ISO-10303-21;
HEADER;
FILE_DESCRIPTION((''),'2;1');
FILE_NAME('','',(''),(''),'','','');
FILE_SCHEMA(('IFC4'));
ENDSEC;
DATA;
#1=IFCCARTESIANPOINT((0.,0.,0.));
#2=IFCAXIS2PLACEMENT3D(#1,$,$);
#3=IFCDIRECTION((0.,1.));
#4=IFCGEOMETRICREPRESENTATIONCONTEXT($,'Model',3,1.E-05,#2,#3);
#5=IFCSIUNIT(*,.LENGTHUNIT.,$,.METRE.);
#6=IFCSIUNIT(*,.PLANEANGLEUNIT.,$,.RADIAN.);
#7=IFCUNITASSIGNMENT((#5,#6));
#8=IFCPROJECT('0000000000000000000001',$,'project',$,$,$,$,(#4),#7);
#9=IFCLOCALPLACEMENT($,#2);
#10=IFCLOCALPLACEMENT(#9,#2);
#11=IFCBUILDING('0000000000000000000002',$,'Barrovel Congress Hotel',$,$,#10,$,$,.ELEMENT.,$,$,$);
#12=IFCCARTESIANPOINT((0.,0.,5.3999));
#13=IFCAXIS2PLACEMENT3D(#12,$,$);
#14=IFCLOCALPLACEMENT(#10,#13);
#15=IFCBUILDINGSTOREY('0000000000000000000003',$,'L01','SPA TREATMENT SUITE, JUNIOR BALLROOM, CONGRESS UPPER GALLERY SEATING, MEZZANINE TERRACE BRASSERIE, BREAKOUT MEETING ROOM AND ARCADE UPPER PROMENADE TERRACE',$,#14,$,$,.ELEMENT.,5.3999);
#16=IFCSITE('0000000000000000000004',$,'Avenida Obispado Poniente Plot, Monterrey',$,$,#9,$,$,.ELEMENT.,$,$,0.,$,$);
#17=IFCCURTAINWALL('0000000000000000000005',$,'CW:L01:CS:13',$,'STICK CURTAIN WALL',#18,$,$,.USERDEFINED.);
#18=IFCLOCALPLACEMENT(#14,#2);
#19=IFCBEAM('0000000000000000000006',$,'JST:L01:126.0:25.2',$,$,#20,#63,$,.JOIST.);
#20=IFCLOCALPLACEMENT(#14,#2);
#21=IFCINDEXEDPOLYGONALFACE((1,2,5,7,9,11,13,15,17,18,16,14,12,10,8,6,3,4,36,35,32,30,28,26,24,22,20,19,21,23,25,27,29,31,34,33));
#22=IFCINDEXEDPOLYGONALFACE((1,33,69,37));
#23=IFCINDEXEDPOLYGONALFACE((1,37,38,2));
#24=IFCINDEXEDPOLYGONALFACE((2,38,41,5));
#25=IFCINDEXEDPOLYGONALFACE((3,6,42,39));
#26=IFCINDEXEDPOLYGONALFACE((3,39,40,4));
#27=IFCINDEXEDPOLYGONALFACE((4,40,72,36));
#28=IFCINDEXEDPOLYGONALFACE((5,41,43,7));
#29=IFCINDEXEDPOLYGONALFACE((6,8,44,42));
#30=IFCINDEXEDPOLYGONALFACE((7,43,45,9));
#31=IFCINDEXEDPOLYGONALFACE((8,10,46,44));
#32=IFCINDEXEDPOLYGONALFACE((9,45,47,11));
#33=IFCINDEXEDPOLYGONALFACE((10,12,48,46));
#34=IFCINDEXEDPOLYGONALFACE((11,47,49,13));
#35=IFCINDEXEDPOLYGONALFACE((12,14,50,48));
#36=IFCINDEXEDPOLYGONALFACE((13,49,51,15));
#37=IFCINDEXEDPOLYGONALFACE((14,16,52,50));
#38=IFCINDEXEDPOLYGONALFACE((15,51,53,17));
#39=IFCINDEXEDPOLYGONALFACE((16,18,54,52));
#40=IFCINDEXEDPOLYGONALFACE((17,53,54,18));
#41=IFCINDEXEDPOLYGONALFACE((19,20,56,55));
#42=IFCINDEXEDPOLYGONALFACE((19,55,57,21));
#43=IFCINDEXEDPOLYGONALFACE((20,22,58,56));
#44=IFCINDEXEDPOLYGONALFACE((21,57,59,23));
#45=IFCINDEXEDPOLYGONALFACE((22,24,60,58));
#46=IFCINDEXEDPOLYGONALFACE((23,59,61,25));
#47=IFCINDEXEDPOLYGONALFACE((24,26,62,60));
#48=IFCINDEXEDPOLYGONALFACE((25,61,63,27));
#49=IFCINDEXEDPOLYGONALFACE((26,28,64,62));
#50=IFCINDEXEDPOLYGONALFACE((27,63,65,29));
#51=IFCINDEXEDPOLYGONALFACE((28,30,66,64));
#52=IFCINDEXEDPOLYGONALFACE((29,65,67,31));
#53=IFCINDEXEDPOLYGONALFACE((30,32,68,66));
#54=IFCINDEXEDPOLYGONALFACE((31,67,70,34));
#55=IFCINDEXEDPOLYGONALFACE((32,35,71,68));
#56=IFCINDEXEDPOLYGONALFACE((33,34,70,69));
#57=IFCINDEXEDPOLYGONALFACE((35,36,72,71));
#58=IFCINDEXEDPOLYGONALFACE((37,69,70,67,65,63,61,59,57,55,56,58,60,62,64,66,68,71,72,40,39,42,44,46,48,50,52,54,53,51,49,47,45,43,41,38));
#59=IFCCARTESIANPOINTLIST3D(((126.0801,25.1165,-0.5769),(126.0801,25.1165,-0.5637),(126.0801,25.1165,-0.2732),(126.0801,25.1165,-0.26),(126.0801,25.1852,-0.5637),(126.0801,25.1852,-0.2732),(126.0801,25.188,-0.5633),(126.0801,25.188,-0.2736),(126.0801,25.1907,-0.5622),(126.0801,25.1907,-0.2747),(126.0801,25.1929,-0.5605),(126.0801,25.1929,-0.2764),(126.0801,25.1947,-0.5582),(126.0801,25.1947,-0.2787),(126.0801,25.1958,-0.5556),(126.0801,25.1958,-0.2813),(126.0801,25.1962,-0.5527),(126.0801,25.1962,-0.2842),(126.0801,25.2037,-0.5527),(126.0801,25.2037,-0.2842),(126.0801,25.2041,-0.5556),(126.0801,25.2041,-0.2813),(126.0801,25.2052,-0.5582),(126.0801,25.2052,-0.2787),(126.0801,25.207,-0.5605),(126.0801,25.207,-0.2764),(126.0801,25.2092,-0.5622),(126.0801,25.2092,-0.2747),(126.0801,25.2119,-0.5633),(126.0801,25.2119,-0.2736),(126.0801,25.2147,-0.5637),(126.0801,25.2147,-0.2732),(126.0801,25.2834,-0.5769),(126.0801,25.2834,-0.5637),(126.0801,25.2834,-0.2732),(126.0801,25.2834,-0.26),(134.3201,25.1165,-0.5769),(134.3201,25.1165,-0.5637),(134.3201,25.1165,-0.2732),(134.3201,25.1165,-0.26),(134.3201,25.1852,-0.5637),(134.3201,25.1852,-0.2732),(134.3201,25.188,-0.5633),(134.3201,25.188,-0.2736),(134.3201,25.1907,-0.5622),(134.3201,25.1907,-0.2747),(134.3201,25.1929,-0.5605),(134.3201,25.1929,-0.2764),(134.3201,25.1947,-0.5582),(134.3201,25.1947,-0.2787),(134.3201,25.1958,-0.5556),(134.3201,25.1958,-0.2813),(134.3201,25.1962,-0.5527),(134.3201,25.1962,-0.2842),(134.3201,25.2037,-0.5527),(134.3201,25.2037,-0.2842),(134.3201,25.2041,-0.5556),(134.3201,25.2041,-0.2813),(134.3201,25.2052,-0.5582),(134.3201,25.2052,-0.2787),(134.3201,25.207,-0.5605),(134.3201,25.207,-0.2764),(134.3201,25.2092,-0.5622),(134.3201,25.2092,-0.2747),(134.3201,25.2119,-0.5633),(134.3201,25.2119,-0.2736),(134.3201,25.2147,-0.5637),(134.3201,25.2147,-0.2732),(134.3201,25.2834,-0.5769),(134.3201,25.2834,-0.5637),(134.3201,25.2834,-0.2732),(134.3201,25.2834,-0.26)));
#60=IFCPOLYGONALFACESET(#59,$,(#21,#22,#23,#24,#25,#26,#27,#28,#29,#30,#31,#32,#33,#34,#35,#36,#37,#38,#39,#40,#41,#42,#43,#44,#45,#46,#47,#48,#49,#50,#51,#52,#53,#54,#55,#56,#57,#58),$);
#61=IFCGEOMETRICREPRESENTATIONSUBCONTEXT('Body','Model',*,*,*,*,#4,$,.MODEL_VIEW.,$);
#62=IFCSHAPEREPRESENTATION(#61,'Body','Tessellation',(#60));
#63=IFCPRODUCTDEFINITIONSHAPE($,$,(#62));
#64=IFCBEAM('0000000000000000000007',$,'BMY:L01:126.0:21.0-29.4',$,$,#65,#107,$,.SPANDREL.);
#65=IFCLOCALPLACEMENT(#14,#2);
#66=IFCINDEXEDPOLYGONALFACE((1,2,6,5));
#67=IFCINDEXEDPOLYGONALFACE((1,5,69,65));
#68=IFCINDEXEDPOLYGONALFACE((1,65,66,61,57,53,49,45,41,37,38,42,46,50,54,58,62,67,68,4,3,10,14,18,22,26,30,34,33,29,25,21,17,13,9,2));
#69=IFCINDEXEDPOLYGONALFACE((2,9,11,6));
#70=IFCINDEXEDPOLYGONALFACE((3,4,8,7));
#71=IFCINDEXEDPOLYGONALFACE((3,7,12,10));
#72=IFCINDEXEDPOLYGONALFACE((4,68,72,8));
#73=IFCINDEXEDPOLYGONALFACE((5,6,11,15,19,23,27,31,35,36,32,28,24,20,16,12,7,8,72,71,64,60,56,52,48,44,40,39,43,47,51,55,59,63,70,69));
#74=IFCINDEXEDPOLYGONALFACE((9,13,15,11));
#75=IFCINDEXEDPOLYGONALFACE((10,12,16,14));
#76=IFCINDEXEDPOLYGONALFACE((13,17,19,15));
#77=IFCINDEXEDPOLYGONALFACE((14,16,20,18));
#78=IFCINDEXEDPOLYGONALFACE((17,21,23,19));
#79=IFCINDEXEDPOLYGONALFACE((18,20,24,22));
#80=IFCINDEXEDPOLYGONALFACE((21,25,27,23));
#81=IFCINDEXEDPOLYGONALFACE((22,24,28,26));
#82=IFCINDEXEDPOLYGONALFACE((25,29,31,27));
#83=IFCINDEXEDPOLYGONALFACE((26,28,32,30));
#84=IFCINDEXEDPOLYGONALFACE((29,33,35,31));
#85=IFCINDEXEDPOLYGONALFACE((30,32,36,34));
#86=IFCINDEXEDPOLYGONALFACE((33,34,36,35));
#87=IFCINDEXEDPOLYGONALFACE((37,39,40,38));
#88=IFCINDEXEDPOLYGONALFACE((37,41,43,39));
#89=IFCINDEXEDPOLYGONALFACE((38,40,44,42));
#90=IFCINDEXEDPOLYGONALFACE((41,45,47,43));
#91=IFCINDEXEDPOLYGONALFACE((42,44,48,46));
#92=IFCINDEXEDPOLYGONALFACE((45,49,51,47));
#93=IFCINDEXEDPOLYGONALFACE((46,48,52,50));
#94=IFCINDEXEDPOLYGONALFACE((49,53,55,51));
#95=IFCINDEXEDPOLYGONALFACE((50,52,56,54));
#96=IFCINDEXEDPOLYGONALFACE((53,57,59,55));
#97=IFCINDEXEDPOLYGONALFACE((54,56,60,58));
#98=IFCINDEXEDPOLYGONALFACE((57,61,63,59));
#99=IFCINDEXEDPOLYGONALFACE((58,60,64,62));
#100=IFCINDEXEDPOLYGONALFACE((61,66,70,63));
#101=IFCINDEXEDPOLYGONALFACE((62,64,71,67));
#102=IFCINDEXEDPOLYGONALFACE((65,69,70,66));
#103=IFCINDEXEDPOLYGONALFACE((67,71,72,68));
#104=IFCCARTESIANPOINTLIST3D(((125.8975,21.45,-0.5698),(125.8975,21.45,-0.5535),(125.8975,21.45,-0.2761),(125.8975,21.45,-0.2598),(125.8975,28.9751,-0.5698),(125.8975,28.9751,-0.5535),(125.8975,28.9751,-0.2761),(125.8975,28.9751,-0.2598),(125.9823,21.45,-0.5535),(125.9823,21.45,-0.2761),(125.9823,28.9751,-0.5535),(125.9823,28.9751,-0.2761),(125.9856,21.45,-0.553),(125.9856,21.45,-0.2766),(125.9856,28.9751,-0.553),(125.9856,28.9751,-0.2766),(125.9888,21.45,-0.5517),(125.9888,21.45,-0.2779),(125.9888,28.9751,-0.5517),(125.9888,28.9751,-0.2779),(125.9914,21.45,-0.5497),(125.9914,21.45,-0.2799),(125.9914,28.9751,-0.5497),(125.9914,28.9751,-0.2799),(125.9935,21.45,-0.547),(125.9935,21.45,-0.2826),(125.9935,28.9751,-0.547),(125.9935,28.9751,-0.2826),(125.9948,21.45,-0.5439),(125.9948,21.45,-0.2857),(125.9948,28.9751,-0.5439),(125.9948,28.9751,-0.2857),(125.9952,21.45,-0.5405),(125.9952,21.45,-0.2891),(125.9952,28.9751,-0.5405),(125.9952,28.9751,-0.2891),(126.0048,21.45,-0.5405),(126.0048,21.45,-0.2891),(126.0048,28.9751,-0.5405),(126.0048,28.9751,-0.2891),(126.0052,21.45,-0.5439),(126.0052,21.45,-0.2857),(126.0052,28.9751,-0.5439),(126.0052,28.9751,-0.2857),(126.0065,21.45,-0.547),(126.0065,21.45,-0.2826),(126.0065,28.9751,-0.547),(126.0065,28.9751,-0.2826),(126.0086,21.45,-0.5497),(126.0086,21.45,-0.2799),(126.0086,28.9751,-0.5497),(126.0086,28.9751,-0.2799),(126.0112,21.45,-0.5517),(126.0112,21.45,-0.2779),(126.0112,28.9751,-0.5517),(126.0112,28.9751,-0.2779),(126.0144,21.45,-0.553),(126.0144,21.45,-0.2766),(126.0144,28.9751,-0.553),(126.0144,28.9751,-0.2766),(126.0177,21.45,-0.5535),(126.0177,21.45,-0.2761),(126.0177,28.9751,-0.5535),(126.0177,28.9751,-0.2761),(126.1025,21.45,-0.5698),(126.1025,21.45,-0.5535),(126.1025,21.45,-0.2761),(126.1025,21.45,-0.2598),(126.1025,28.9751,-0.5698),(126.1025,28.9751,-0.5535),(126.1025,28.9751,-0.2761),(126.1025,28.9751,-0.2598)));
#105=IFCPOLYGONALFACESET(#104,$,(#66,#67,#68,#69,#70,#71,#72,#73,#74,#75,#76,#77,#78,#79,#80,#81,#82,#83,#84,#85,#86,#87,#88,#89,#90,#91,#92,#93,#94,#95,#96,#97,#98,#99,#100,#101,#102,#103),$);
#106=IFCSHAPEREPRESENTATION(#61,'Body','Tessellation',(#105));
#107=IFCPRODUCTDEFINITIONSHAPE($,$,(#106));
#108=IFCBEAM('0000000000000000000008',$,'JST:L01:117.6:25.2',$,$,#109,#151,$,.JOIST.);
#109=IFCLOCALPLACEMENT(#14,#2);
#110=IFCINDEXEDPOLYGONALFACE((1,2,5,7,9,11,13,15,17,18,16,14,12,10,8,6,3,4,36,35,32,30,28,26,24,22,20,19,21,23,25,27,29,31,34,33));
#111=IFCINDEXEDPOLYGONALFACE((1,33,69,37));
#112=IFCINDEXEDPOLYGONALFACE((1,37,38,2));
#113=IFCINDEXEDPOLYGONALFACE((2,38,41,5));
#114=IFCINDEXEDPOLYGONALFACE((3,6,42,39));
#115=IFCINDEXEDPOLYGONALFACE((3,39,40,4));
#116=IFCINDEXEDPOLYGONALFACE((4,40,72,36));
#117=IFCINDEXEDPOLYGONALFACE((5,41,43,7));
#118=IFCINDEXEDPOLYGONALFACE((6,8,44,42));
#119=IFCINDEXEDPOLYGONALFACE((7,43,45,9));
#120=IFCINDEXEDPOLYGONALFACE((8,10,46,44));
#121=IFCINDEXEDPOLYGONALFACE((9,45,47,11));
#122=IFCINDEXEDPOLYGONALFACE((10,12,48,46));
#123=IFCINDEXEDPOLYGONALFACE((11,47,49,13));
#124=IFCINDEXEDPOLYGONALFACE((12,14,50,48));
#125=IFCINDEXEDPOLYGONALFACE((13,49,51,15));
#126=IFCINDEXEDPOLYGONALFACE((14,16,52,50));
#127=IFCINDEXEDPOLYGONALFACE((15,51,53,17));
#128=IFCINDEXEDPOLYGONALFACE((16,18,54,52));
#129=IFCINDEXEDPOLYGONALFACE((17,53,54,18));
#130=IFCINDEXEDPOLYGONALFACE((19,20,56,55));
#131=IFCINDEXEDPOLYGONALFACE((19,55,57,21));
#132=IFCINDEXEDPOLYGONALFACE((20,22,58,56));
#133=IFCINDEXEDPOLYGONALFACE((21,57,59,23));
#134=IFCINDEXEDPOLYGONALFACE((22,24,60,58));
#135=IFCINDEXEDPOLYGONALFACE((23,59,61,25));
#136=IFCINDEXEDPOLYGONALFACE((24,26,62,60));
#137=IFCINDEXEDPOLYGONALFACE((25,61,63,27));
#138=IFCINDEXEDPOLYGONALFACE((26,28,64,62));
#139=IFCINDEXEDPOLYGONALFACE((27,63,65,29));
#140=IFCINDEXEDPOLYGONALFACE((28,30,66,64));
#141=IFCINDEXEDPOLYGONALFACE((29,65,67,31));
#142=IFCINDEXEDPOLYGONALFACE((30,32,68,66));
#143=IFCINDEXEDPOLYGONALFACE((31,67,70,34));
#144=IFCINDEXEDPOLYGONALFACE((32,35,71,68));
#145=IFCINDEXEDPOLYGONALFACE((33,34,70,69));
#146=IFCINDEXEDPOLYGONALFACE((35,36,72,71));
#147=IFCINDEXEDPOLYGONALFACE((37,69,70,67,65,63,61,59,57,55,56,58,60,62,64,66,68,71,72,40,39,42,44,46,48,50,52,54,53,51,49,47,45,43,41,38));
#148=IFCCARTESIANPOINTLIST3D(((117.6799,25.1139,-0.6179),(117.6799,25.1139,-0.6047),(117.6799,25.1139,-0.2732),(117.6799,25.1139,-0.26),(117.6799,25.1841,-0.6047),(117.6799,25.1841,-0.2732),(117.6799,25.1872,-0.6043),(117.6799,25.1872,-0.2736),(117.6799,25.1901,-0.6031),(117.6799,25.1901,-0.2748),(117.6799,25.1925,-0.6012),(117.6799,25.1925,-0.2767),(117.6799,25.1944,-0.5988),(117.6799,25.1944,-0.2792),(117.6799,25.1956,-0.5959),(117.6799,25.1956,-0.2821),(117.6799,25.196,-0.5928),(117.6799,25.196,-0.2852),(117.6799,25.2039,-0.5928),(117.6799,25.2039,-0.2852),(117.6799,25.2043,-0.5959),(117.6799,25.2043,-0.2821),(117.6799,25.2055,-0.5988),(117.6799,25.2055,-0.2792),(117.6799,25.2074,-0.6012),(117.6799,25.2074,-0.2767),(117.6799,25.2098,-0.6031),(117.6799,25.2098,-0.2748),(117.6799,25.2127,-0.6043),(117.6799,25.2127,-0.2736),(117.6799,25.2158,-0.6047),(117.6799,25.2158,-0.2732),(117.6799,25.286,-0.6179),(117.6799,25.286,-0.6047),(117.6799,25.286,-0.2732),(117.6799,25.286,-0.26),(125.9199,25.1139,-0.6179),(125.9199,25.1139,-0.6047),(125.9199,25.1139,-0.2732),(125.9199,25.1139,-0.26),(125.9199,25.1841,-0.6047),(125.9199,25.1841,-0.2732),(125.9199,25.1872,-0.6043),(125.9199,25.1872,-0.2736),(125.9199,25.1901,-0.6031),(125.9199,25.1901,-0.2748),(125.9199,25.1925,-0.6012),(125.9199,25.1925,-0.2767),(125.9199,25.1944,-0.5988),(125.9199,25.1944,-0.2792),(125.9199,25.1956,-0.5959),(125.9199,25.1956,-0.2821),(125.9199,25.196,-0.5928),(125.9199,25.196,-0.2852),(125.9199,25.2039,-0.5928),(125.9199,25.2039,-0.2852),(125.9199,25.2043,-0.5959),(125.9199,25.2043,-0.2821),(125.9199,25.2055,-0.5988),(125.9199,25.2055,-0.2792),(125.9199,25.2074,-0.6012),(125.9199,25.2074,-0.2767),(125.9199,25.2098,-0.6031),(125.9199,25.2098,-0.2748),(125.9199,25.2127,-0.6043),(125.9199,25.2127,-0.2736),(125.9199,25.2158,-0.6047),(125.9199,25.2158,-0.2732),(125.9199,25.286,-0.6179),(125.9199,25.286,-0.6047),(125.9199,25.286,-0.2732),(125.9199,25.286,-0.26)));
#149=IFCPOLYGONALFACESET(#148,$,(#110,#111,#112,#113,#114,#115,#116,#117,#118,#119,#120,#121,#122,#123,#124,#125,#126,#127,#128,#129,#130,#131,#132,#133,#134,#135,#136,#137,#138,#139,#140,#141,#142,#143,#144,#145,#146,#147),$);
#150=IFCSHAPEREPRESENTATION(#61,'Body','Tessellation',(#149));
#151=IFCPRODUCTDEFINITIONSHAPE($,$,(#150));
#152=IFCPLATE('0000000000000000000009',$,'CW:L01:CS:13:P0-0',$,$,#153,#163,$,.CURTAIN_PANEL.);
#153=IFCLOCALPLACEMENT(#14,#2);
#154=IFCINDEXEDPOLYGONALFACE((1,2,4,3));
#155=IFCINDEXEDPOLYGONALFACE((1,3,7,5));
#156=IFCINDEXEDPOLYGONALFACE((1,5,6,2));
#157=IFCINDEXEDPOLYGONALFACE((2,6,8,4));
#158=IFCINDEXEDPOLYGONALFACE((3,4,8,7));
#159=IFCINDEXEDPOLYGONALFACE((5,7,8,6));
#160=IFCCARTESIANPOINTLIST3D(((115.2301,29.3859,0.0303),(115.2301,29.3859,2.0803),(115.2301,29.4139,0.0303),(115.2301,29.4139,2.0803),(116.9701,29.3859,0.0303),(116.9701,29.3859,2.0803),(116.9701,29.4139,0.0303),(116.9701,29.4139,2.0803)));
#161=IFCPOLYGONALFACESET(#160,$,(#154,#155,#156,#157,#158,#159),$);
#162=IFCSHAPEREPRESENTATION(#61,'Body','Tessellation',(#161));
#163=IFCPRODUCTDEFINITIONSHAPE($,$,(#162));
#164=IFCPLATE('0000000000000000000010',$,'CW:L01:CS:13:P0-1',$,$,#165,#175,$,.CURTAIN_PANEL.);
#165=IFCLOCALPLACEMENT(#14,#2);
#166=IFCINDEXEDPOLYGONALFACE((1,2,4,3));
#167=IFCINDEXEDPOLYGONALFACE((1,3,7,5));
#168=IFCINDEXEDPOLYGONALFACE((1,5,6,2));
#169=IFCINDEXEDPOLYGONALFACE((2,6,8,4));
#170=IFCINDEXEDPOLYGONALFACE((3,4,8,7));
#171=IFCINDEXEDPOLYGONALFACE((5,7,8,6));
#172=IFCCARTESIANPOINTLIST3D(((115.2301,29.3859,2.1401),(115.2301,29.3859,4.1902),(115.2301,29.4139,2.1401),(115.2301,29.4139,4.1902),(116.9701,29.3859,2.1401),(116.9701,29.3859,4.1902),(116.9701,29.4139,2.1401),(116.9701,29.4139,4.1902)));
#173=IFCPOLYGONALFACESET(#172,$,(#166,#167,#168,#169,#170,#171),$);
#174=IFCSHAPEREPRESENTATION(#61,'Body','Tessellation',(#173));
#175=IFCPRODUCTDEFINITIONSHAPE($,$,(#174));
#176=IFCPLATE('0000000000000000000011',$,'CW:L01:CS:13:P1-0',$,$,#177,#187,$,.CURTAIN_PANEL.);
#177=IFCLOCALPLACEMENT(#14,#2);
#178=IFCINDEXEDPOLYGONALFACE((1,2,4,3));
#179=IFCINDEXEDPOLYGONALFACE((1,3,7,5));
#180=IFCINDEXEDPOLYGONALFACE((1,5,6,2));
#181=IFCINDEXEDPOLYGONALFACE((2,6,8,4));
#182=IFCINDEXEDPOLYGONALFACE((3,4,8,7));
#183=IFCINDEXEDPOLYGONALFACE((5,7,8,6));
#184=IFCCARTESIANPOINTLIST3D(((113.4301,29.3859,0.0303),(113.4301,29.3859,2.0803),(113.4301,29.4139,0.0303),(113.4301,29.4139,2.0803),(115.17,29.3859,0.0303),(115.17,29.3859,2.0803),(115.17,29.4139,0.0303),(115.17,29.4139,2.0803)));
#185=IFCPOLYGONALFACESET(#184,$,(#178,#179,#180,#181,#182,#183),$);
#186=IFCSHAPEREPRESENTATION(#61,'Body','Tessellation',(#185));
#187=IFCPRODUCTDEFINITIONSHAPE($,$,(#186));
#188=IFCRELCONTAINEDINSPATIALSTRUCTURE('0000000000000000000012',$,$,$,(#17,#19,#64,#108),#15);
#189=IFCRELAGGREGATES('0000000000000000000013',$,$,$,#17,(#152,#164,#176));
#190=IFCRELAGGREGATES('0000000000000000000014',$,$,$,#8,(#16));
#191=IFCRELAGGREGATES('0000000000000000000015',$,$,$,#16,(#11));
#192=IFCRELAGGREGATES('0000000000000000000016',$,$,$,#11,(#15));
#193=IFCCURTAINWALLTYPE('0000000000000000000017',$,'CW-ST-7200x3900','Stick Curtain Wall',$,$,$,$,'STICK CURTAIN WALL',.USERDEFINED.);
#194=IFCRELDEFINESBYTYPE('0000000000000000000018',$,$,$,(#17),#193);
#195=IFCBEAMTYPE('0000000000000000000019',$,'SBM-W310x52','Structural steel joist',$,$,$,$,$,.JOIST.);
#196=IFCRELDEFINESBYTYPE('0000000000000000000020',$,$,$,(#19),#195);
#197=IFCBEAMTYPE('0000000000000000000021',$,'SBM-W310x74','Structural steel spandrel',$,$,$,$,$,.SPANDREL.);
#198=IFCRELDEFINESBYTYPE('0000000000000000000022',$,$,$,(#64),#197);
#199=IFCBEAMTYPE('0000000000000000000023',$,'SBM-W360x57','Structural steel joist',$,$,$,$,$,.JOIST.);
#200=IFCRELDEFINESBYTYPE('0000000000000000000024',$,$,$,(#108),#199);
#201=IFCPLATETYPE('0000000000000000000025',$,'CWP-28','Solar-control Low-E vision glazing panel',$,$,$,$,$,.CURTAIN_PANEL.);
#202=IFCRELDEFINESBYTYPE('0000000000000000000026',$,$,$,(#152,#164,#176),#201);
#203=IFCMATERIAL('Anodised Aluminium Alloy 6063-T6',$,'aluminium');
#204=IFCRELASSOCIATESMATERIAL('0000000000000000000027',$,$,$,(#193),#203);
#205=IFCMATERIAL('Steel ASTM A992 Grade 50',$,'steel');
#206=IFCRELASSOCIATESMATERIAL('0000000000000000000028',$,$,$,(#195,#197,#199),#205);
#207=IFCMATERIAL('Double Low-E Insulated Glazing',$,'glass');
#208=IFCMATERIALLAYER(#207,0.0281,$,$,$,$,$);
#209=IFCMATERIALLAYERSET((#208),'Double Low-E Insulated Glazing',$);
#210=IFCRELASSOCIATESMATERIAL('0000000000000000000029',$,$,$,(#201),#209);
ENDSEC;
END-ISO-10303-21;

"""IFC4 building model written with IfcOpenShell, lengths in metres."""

from ifc_helpers import new_model, si_unit, direction, frame, origin, origin_2d, place, context, subcontext, project, spatial, rectangle, i_section, extrude, material, layer, layer_set, material_profile, profile_set, type_object, element, aggregate, save


model = new_model("IFC4")

# Units and contexts
model_context = context("Model", 3, precision=1e-05, world=origin(), true_north=direction((0.0, 1.0)))
body_context = subcontext(model_context, "Body", "Model", "MODEL_VIEW")
ifc_project = project(units=[si_unit("LENGTHUNIT", "METRE"), si_unit("PLANEANGLEUNIT", "RADIAN")], contexts=[model_context])

# Site, building, storey
site_placement = place(None, origin())
site = spatial("IfcSite", under=ifc_project, at=site_placement, Name="Avenida Obispado Poniente Plot, Monterrey", CompositionType="ELEMENT", RefElevation=0.0)
building_placement = place(site_placement, origin())
building = spatial("IfcBuilding", under=site, at=building_placement, Name="Barrovel Congress Hotel", CompositionType="ELEMENT")
storey_placement = place(building_placement, frame((0.0, 0.0, 5.3999)))
storey = spatial("IfcBuildingStorey", under=building, at=storey_placement, Name="L01", Description="SPA TREATMENT SUITE, JUNIOR BALLROOM, CONGRESS UPPER GALLERY SEATING, MEZZANINE TERRACE BRASSERIE, BREAKOUT MEETING ROOM AND ARCADE UPPER PROMENADE TERRACE", CompositionType="ELEMENT", Elevation=5.3999)

# Curtain wall
ifc_material_1 = material(Name="Anodised Aluminium Alloy 6063-T6", Category="aluminium")
curtain_wall_type = type_object("IfcCurtainWallType", Name="CW-ST-7200x3900", Description="Stick Curtain Wall", ElementType="STICK CURTAIN WALL", PredefinedType="USERDEFINED", material=ifc_material_1)
curtain_wall_1_placement = place(storey_placement, origin())
curtain_wall_1 = element("IfcCurtainWall", 1, at=curtain_wall_1_placement, inside=storey, type_object=curtain_wall_type, Name="CW:L01:CS:13", ObjectType="STICK CURTAIN WALL", PredefinedType="USERDEFINED")

# Beams
ifc_material_2 = material(Name="Steel ASTM A992 Grade 50", Category="steel")
ifc_material_profile_1 = material_profile(ifc_material_2, i_section(OverallWidth=0.167, OverallDepth=0.3169, WebThickness=0.0076, FlangeThickness=0.0132, FilletRadius=0.011, at=origin_2d()), Name="W310x52")
ifc_profile_set_1 = profile_set([ifc_material_profile_1], Name="Steel ASTM A992 Grade 50")
beam_type_1 = type_object("IfcBeamType", Name="SBM-W310x52", Description="Structural steel joist", PredefinedType="JOIST", material=ifc_profile_set_1)
beam_1_placement = place(storey_placement, frame((126.0801, 25.2, -0.4185), z_axis=(1.0, 0.0, 0.0), x_axis=(0.0, 1.0, 0.0)))
element("IfcBeam", 2, at=beam_1_placement, inside=storey, type_object=beam_type_1, Name="JST:L01:126.0:25.2", PredefinedType="JOIST", context=body_context, shape_type="SweptSolid", body=[
    extrude(i_section(OverallWidth=0.167, OverallDepth=0.3169, WebThickness=0.0076, FlangeThickness=0.0132, FilletRadius=0.011, at=origin_2d()), origin(), (0.0, 0.0, 1.0), 8.24),
])
ifc_material_profile_2 = material_profile(ifc_material_2, i_section(OverallWidth=0.2051, OverallDepth=0.3101, WebThickness=0.0095, FlangeThickness=0.0164, FilletRadius=0.0129, at=origin_2d()), Name="W310x74")
ifc_profile_set_2 = profile_set([ifc_material_profile_2], Name="Steel ASTM A992 Grade 50")
beam_type_2 = type_object("IfcBeamType", Name="SBM-W310x74", Description="Structural steel spandrel", PredefinedType="SPANDREL", material=ifc_profile_set_2)
beam_2_placement = place(storey_placement, frame((126.0, 21.45, -0.4148), z_axis=(0.0, 1.0, 0.0), x_axis=(-1.0, 0.0, 0.0)))
element("IfcBeam", 3, at=beam_2_placement, inside=storey, type_object=beam_type_2, Name="BMY:L01:126.0:21.0-29.4", PredefinedType="SPANDREL", context=body_context, shape_type="SweptSolid", body=[
    extrude(i_section(OverallWidth=0.2051, OverallDepth=0.3101, WebThickness=0.0095, FlangeThickness=0.0164, FilletRadius=0.0129, at=origin_2d()), origin(), (0.0, 0.0, 1.0), 7.5251),
])
ifc_material_profile_3 = material_profile(ifc_material_2, i_section(OverallWidth=0.1721, OverallDepth=0.3579, WebThickness=0.0078, FlangeThickness=0.0132, FilletRadius=0.012, at=origin_2d()), Name="W360x57")
ifc_profile_set_3 = profile_set([ifc_material_profile_3], Name="Steel ASTM A992 Grade 50")
beam_type_3 = type_object("IfcBeamType", Name="SBM-W360x57", Description="Structural steel joist", PredefinedType="JOIST", material=ifc_profile_set_3)
beam_3_placement = place(storey_placement, frame((117.6799, 25.2, -0.439), z_axis=(1.0, 0.0, 0.0), x_axis=(0.0, 1.0, 0.0)))
element("IfcBeam", 4, at=beam_3_placement, inside=storey, type_object=beam_type_3, Name="JST:L01:117.6:25.2", PredefinedType="JOIST", context=body_context, shape_type="SweptSolid", body=[
    extrude(i_section(OverallWidth=0.1721, OverallDepth=0.3579, WebThickness=0.0078, FlangeThickness=0.0132, FilletRadius=0.012, at=origin_2d()), origin(), (0.0, 0.0, 1.0), 8.24),
])

# Plates
ifc_material_3 = material(Name="Double Low-E Insulated Glazing", Category="glass")
ifc_layer_1 = layer(ifc_material_3, 0.0281)
ifc_layer_set_1 = layer_set([ifc_layer_1], Name="Double Low-E Insulated Glazing")
plate_type_1 = type_object("IfcPlateType", Name="CWP-28", Description="Solar-control Low-E vision glazing panel", PredefinedType="CURTAIN_PANEL", material=ifc_layer_set_1)
plate_1_placement = place(storey_placement, frame((116.1001, 29.3999, 0.0303), z_axis=(0.0, 0.0, 1.0), x_axis=(-1.0, 0.0, 0.0)))
plate_1 = element("IfcPlate", 5, at=plate_1_placement, type_object=plate_type_1, Name="CW:L01:CS:13:P0-0", PredefinedType="CURTAIN_PANEL", context=body_context, shape_type="SweptSolid", body=[
    extrude(rectangle(XDim=1.74, YDim=0.0281, at=origin_2d()), origin(), (0.0, 0.0, 1.0), 2.05),
])
plate_2_placement = place(storey_placement, frame((116.1001, 29.3999, 2.1401), z_axis=(0.0, 0.0, 1.0), x_axis=(-1.0, 0.0, 0.0)))
plate_2 = element("IfcPlate", 6, at=plate_2_placement, type_object=plate_type_1, Name="CW:L01:CS:13:P0-1", PredefinedType="CURTAIN_PANEL", context=body_context, shape_type="SweptSolid", body=[
    extrude(rectangle(XDim=1.74, YDim=0.0281, at=origin_2d()), origin(), (0.0, 0.0, 1.0), 2.05),
])
plate_3_placement = place(storey_placement, frame((114.3, 29.3999, 0.0303), z_axis=(0.0, 0.0, 1.0), x_axis=(-1.0, 0.0, 0.0)))
plate_3 = element("IfcPlate", 7, at=plate_3_placement, type_object=plate_type_1, Name="CW:L01:CS:13:P1-0", PredefinedType="CURTAIN_PANEL", context=body_context, shape_type="SweptSolid", body=[
    extrude(rectangle(XDim=1.74, YDim=0.0281, at=origin_2d()), origin(), (0.0, 0.0, 1.0), 2.05),
])
aggregate(curtain_wall_1, [plate_1, plate_2, plate_3])

save(model, "model.ifc")
